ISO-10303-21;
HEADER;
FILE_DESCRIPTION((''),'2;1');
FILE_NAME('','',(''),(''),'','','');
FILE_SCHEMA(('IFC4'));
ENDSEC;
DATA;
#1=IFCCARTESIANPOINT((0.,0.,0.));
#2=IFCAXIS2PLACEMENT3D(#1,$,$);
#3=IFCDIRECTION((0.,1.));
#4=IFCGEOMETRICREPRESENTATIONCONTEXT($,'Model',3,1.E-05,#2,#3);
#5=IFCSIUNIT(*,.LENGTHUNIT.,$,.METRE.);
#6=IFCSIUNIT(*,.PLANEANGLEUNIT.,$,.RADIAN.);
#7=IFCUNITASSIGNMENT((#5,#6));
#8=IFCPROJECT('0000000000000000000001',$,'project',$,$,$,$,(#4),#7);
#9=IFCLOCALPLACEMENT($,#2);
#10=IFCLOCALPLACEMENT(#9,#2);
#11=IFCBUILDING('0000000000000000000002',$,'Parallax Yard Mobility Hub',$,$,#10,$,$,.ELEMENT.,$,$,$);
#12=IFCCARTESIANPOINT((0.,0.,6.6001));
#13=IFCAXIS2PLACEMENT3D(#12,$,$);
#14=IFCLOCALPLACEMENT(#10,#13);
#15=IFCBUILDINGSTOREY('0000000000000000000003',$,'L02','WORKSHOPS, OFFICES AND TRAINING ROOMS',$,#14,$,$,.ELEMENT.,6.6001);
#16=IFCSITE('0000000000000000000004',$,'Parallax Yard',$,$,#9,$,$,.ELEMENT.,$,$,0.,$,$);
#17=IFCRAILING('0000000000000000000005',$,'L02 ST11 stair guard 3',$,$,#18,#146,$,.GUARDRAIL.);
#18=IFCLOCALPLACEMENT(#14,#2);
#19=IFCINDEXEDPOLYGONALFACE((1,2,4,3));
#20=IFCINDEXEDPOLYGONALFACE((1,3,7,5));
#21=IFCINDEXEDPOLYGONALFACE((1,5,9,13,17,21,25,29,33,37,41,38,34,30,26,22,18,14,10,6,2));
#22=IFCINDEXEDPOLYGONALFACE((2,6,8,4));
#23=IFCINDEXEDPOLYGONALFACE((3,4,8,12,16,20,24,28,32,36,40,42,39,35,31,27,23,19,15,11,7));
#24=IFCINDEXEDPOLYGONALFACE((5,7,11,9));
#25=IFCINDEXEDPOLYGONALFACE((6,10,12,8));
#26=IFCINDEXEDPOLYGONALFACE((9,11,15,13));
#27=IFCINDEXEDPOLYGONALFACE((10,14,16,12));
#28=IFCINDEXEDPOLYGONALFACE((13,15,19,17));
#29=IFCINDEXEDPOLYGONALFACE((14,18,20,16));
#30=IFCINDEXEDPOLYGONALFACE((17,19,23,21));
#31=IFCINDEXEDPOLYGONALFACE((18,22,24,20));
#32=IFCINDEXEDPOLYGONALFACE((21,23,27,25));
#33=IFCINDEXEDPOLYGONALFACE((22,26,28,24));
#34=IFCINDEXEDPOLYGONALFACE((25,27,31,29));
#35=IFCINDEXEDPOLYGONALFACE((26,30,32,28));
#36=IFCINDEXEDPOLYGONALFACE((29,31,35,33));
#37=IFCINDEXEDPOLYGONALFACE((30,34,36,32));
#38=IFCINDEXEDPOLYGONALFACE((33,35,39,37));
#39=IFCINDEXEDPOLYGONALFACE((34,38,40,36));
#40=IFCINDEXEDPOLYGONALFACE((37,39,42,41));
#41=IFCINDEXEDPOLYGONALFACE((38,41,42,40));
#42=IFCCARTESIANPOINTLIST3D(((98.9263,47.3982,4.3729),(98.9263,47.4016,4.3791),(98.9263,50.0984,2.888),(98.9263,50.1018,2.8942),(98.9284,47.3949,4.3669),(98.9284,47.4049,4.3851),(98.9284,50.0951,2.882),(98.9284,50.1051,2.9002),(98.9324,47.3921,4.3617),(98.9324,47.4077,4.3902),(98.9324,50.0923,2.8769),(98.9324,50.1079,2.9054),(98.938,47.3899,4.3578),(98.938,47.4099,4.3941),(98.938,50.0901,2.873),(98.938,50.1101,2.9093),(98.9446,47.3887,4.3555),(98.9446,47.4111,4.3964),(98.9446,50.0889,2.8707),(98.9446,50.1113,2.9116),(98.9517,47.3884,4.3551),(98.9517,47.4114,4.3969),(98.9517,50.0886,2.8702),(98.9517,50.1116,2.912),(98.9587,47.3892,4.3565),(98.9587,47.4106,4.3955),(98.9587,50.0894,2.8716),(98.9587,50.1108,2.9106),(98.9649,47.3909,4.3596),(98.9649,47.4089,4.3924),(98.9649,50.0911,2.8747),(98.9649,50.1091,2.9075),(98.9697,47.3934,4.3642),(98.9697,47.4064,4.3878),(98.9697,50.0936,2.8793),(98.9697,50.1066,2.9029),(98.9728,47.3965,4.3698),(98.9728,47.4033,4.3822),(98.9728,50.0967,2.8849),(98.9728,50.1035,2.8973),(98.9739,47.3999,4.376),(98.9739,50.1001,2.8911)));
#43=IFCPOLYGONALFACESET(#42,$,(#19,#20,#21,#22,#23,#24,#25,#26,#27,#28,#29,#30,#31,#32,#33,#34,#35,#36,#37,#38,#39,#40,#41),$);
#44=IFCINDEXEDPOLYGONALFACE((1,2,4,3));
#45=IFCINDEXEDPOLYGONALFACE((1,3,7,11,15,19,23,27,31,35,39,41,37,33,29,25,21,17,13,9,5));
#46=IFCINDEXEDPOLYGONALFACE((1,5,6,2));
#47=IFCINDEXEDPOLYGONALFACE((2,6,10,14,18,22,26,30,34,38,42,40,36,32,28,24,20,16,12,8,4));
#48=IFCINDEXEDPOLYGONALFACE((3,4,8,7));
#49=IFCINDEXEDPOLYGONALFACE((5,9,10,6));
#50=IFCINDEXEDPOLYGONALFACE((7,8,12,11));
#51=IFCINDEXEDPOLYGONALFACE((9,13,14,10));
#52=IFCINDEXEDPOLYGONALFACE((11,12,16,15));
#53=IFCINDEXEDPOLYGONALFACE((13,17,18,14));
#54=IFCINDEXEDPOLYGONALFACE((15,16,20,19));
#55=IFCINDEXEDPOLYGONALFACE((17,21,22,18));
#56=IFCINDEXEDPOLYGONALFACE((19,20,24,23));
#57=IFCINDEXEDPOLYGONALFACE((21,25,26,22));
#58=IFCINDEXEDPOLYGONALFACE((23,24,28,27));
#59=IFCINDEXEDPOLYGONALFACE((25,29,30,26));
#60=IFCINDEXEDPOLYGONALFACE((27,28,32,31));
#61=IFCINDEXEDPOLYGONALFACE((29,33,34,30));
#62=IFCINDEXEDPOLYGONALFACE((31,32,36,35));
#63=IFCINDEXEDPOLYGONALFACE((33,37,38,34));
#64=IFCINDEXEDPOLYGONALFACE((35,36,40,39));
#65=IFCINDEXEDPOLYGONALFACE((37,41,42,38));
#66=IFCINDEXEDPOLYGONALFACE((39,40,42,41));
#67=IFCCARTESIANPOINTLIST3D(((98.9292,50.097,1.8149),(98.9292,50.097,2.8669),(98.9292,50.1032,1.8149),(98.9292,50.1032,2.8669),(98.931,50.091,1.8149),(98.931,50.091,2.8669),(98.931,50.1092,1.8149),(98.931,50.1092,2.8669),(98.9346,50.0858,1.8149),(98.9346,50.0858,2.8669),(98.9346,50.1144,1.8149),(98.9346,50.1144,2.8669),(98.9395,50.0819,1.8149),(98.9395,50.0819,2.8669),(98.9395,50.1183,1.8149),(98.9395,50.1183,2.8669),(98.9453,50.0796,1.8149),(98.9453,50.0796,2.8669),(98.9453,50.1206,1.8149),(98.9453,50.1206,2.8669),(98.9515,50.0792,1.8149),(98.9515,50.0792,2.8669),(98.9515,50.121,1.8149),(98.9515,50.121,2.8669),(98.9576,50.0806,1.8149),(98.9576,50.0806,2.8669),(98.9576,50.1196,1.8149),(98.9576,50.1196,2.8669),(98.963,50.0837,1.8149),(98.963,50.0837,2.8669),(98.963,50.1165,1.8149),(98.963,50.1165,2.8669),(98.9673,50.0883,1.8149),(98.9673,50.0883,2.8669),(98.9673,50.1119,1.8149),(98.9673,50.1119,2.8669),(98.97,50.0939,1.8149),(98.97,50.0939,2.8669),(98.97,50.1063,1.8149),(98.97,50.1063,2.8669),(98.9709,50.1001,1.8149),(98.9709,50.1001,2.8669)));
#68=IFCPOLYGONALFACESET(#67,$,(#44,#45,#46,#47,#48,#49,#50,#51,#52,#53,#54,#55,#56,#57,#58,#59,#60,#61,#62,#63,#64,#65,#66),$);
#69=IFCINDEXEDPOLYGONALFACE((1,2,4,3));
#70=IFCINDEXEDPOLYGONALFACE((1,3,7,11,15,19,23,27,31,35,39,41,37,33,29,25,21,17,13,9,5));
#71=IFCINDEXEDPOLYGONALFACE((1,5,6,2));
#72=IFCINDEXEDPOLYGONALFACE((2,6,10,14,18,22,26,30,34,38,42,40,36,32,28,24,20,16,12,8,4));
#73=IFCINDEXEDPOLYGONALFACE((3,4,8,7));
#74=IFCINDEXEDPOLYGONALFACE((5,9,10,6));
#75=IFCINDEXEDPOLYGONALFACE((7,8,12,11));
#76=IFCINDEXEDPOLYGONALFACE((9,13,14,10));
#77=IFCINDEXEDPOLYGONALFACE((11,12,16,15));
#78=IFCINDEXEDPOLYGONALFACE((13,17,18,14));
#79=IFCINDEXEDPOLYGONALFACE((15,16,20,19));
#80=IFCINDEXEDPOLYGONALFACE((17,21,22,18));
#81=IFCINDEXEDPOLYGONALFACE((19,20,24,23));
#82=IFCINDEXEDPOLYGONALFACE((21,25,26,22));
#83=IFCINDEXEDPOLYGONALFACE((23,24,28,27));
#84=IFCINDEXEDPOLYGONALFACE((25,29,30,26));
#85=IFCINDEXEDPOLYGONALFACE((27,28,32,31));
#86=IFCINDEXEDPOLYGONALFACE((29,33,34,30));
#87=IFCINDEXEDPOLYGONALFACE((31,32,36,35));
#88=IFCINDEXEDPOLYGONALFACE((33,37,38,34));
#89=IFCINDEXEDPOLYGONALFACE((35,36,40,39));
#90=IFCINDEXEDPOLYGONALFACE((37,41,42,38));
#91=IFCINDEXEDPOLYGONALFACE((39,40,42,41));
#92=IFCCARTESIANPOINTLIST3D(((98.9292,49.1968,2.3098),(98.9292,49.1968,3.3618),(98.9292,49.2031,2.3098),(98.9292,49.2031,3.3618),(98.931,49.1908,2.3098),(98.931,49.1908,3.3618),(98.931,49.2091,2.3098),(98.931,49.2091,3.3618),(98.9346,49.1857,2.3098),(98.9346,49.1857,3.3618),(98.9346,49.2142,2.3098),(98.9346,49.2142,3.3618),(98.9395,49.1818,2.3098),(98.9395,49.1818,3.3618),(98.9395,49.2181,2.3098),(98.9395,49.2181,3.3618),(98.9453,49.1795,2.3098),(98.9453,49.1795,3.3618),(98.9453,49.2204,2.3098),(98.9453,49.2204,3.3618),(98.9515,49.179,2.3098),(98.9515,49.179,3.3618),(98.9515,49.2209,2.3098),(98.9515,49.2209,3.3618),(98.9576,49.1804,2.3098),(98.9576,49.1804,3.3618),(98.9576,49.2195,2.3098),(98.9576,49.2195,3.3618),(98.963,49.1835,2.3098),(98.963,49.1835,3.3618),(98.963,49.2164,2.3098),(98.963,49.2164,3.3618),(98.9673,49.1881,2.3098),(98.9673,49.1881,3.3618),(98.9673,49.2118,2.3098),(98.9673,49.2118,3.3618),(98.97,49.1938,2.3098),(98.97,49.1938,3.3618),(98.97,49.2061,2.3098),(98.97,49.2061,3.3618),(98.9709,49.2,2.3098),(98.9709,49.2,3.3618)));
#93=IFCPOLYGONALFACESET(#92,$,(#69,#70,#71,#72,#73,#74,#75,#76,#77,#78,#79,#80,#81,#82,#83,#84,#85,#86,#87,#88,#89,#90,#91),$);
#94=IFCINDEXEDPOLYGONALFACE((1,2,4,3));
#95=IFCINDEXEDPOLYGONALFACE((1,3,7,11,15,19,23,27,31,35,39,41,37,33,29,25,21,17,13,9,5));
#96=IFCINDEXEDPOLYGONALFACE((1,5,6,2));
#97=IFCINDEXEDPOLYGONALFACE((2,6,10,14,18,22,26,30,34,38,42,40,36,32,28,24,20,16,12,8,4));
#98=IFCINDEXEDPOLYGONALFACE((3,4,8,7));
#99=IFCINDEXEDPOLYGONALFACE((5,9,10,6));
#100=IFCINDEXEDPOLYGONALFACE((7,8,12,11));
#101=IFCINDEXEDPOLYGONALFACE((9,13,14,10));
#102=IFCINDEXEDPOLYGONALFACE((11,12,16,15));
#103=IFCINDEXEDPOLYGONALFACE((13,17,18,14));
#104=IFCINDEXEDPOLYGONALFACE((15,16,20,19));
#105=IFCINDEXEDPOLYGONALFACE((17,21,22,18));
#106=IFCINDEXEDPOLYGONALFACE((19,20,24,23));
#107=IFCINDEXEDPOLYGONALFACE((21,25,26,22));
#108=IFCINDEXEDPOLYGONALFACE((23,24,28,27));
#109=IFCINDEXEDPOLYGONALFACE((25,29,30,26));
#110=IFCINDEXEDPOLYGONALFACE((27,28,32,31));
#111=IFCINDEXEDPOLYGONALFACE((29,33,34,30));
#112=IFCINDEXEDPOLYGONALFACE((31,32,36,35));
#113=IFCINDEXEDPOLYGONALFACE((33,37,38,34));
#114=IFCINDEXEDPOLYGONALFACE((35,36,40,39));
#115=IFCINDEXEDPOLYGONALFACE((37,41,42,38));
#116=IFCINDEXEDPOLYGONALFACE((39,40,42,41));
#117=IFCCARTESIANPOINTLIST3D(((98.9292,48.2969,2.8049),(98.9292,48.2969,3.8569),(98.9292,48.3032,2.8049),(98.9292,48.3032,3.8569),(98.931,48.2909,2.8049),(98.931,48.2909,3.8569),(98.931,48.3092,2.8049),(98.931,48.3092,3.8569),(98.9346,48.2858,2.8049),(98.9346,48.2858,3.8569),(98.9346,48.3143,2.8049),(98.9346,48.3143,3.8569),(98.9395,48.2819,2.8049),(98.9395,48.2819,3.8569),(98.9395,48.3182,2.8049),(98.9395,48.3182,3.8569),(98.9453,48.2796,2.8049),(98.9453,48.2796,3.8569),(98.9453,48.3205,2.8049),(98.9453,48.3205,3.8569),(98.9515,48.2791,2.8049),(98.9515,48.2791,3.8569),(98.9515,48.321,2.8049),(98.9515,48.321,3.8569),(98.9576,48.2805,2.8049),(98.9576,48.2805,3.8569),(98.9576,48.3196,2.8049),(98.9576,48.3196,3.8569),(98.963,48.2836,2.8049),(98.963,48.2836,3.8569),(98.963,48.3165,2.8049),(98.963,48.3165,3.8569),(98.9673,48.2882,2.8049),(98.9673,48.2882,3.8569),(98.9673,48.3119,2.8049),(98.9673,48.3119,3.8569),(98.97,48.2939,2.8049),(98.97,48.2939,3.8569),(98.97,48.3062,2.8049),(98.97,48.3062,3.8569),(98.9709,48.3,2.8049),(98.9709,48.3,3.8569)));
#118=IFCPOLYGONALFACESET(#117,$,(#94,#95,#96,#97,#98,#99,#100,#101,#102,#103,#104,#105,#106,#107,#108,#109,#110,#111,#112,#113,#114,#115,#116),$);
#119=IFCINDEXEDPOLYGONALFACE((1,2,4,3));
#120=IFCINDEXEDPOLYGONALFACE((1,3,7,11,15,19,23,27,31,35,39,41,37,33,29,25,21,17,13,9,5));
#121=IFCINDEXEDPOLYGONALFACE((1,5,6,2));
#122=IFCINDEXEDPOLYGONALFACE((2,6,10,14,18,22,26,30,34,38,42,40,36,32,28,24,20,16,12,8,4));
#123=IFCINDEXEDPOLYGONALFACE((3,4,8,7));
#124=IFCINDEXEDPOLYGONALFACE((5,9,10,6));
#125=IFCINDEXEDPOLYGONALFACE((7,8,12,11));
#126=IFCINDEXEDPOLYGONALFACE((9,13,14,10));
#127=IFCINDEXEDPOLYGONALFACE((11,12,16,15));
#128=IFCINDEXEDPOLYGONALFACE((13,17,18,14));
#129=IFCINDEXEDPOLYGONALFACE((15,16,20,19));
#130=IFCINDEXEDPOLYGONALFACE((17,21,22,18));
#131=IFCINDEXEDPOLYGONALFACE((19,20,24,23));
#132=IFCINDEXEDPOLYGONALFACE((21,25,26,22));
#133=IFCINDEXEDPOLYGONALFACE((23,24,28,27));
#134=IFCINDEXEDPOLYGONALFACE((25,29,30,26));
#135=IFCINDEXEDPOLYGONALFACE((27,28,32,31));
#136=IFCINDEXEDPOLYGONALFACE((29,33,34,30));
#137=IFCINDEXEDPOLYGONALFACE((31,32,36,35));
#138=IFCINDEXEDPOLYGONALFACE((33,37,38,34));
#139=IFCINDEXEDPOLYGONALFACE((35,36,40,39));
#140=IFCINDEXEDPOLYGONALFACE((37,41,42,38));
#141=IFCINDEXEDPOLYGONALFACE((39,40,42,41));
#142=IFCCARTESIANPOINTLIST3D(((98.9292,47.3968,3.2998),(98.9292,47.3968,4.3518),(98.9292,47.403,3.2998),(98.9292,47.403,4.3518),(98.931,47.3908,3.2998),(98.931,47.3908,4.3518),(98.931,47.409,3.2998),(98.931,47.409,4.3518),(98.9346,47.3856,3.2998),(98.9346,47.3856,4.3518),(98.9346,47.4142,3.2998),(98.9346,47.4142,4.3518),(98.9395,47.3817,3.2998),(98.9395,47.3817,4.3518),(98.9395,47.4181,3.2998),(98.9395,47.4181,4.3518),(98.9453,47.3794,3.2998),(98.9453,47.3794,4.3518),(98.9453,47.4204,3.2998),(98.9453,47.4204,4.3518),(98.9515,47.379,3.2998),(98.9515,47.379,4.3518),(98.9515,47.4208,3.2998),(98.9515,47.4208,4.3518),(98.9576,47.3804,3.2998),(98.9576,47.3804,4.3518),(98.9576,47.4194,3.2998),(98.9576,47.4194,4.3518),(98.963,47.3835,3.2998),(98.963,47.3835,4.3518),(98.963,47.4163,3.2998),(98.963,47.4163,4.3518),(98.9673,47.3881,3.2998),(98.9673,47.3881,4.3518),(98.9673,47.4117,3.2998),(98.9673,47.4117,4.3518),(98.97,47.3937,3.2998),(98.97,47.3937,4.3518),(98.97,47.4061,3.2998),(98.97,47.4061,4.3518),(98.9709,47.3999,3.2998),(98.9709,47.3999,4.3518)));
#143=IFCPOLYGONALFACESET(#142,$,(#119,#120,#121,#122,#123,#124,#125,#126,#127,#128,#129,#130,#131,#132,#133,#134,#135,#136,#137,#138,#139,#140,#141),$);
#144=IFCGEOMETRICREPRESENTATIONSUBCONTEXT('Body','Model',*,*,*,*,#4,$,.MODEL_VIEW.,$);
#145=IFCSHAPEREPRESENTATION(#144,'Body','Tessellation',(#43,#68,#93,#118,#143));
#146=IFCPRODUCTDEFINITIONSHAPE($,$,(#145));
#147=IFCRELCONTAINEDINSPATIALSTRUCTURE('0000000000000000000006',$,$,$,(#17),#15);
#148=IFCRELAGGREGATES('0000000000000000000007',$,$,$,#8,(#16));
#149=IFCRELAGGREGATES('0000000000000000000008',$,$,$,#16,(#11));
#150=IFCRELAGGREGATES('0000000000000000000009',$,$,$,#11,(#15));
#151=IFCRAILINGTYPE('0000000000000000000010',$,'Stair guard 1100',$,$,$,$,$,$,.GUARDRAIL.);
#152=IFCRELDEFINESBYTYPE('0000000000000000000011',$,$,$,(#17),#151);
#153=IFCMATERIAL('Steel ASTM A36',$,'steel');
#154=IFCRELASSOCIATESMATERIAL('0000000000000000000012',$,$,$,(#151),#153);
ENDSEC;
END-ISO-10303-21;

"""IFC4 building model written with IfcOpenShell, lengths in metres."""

from ifc_helpers import new_model, si_unit, direction, frame, origin, origin_2d, place, context, subcontext, project, spatial, circle, extrude, material, type_object, element, save


model = new_model("IFC4")

# Units and contexts
model_context = context("Model", 3, precision=1e-05, world=origin(), true_north=direction((0.0, 1.0)))
body_context = subcontext(model_context, "Body", "Model", "MODEL_VIEW")
ifc_project = project(units=[si_unit("LENGTHUNIT", "METRE"), si_unit("PLANEANGLEUNIT", "RADIAN")], contexts=[model_context])

# Site, building, storey
site_placement = place(None, origin())
site = spatial("IfcSite", under=ifc_project, at=site_placement, Name="Parallax Yard", CompositionType="ELEMENT", RefElevation=0.0)
building_placement = place(site_placement, origin())
building = spatial("IfcBuilding", under=site, at=building_placement, Name="Parallax Yard Mobility Hub", CompositionType="ELEMENT")
storey_placement = place(building_placement, frame((0.0, 0.0, 6.6001)))
storey = spatial("IfcBuildingStorey", under=building, at=storey_placement, Name="L02", Description="WORKSHOPS, OFFICES AND TRAINING ROOMS", CompositionType="ELEMENT", Elevation=6.6001)

# Railing
ifc_material_1 = material(Name="Steel ASTM A36", Category="steel")
railing_type_1 = type_object("IfcRailingType", Name="Stair guard 1100", PredefinedType="GUARDRAIL", material=ifc_material_1)
railing_1_placement = place(storey_placement, frame((98.95, 50.1001, 1.8149)))
element("IfcRailing", 1, at=railing_1_placement, inside=storey, type_object=railing_type_1, Name="L02 ST11 stair guard 3", PredefinedType="GUARDRAIL", context=body_context, shape_type="SweptSolid", body=[
    extrude(circle(Radius=0.0239, at=origin_2d()), frame((0.0, 0.0, 1.0762), z_axis=(0.0, -0.876249, 0.481858), x_axis=(1.0, 0.0, 0.0)), (0.0, 0.0, 1.0), 3.0815),
    extrude(circle(Radius=0.021, at=origin_2d()), origin(), (0.0, 0.0, 1.0), 1.052),
    extrude(circle(Radius=0.021, at=origin_2d()), frame((0.0, -0.9001, 0.4949)), (0.0, 0.0, 1.0), 1.052),
    extrude(circle(Radius=0.021, at=origin_2d()), frame((0.0, -1.8, 0.99)), (0.0, 0.0, 1.0), 1.052),
    extrude(circle(Radius=0.021, at=origin_2d()), frame((0.0, -2.7002, 1.4849)), (0.0, 0.0, 1.0), 1.052),
])

save(model, "model.ifc")
